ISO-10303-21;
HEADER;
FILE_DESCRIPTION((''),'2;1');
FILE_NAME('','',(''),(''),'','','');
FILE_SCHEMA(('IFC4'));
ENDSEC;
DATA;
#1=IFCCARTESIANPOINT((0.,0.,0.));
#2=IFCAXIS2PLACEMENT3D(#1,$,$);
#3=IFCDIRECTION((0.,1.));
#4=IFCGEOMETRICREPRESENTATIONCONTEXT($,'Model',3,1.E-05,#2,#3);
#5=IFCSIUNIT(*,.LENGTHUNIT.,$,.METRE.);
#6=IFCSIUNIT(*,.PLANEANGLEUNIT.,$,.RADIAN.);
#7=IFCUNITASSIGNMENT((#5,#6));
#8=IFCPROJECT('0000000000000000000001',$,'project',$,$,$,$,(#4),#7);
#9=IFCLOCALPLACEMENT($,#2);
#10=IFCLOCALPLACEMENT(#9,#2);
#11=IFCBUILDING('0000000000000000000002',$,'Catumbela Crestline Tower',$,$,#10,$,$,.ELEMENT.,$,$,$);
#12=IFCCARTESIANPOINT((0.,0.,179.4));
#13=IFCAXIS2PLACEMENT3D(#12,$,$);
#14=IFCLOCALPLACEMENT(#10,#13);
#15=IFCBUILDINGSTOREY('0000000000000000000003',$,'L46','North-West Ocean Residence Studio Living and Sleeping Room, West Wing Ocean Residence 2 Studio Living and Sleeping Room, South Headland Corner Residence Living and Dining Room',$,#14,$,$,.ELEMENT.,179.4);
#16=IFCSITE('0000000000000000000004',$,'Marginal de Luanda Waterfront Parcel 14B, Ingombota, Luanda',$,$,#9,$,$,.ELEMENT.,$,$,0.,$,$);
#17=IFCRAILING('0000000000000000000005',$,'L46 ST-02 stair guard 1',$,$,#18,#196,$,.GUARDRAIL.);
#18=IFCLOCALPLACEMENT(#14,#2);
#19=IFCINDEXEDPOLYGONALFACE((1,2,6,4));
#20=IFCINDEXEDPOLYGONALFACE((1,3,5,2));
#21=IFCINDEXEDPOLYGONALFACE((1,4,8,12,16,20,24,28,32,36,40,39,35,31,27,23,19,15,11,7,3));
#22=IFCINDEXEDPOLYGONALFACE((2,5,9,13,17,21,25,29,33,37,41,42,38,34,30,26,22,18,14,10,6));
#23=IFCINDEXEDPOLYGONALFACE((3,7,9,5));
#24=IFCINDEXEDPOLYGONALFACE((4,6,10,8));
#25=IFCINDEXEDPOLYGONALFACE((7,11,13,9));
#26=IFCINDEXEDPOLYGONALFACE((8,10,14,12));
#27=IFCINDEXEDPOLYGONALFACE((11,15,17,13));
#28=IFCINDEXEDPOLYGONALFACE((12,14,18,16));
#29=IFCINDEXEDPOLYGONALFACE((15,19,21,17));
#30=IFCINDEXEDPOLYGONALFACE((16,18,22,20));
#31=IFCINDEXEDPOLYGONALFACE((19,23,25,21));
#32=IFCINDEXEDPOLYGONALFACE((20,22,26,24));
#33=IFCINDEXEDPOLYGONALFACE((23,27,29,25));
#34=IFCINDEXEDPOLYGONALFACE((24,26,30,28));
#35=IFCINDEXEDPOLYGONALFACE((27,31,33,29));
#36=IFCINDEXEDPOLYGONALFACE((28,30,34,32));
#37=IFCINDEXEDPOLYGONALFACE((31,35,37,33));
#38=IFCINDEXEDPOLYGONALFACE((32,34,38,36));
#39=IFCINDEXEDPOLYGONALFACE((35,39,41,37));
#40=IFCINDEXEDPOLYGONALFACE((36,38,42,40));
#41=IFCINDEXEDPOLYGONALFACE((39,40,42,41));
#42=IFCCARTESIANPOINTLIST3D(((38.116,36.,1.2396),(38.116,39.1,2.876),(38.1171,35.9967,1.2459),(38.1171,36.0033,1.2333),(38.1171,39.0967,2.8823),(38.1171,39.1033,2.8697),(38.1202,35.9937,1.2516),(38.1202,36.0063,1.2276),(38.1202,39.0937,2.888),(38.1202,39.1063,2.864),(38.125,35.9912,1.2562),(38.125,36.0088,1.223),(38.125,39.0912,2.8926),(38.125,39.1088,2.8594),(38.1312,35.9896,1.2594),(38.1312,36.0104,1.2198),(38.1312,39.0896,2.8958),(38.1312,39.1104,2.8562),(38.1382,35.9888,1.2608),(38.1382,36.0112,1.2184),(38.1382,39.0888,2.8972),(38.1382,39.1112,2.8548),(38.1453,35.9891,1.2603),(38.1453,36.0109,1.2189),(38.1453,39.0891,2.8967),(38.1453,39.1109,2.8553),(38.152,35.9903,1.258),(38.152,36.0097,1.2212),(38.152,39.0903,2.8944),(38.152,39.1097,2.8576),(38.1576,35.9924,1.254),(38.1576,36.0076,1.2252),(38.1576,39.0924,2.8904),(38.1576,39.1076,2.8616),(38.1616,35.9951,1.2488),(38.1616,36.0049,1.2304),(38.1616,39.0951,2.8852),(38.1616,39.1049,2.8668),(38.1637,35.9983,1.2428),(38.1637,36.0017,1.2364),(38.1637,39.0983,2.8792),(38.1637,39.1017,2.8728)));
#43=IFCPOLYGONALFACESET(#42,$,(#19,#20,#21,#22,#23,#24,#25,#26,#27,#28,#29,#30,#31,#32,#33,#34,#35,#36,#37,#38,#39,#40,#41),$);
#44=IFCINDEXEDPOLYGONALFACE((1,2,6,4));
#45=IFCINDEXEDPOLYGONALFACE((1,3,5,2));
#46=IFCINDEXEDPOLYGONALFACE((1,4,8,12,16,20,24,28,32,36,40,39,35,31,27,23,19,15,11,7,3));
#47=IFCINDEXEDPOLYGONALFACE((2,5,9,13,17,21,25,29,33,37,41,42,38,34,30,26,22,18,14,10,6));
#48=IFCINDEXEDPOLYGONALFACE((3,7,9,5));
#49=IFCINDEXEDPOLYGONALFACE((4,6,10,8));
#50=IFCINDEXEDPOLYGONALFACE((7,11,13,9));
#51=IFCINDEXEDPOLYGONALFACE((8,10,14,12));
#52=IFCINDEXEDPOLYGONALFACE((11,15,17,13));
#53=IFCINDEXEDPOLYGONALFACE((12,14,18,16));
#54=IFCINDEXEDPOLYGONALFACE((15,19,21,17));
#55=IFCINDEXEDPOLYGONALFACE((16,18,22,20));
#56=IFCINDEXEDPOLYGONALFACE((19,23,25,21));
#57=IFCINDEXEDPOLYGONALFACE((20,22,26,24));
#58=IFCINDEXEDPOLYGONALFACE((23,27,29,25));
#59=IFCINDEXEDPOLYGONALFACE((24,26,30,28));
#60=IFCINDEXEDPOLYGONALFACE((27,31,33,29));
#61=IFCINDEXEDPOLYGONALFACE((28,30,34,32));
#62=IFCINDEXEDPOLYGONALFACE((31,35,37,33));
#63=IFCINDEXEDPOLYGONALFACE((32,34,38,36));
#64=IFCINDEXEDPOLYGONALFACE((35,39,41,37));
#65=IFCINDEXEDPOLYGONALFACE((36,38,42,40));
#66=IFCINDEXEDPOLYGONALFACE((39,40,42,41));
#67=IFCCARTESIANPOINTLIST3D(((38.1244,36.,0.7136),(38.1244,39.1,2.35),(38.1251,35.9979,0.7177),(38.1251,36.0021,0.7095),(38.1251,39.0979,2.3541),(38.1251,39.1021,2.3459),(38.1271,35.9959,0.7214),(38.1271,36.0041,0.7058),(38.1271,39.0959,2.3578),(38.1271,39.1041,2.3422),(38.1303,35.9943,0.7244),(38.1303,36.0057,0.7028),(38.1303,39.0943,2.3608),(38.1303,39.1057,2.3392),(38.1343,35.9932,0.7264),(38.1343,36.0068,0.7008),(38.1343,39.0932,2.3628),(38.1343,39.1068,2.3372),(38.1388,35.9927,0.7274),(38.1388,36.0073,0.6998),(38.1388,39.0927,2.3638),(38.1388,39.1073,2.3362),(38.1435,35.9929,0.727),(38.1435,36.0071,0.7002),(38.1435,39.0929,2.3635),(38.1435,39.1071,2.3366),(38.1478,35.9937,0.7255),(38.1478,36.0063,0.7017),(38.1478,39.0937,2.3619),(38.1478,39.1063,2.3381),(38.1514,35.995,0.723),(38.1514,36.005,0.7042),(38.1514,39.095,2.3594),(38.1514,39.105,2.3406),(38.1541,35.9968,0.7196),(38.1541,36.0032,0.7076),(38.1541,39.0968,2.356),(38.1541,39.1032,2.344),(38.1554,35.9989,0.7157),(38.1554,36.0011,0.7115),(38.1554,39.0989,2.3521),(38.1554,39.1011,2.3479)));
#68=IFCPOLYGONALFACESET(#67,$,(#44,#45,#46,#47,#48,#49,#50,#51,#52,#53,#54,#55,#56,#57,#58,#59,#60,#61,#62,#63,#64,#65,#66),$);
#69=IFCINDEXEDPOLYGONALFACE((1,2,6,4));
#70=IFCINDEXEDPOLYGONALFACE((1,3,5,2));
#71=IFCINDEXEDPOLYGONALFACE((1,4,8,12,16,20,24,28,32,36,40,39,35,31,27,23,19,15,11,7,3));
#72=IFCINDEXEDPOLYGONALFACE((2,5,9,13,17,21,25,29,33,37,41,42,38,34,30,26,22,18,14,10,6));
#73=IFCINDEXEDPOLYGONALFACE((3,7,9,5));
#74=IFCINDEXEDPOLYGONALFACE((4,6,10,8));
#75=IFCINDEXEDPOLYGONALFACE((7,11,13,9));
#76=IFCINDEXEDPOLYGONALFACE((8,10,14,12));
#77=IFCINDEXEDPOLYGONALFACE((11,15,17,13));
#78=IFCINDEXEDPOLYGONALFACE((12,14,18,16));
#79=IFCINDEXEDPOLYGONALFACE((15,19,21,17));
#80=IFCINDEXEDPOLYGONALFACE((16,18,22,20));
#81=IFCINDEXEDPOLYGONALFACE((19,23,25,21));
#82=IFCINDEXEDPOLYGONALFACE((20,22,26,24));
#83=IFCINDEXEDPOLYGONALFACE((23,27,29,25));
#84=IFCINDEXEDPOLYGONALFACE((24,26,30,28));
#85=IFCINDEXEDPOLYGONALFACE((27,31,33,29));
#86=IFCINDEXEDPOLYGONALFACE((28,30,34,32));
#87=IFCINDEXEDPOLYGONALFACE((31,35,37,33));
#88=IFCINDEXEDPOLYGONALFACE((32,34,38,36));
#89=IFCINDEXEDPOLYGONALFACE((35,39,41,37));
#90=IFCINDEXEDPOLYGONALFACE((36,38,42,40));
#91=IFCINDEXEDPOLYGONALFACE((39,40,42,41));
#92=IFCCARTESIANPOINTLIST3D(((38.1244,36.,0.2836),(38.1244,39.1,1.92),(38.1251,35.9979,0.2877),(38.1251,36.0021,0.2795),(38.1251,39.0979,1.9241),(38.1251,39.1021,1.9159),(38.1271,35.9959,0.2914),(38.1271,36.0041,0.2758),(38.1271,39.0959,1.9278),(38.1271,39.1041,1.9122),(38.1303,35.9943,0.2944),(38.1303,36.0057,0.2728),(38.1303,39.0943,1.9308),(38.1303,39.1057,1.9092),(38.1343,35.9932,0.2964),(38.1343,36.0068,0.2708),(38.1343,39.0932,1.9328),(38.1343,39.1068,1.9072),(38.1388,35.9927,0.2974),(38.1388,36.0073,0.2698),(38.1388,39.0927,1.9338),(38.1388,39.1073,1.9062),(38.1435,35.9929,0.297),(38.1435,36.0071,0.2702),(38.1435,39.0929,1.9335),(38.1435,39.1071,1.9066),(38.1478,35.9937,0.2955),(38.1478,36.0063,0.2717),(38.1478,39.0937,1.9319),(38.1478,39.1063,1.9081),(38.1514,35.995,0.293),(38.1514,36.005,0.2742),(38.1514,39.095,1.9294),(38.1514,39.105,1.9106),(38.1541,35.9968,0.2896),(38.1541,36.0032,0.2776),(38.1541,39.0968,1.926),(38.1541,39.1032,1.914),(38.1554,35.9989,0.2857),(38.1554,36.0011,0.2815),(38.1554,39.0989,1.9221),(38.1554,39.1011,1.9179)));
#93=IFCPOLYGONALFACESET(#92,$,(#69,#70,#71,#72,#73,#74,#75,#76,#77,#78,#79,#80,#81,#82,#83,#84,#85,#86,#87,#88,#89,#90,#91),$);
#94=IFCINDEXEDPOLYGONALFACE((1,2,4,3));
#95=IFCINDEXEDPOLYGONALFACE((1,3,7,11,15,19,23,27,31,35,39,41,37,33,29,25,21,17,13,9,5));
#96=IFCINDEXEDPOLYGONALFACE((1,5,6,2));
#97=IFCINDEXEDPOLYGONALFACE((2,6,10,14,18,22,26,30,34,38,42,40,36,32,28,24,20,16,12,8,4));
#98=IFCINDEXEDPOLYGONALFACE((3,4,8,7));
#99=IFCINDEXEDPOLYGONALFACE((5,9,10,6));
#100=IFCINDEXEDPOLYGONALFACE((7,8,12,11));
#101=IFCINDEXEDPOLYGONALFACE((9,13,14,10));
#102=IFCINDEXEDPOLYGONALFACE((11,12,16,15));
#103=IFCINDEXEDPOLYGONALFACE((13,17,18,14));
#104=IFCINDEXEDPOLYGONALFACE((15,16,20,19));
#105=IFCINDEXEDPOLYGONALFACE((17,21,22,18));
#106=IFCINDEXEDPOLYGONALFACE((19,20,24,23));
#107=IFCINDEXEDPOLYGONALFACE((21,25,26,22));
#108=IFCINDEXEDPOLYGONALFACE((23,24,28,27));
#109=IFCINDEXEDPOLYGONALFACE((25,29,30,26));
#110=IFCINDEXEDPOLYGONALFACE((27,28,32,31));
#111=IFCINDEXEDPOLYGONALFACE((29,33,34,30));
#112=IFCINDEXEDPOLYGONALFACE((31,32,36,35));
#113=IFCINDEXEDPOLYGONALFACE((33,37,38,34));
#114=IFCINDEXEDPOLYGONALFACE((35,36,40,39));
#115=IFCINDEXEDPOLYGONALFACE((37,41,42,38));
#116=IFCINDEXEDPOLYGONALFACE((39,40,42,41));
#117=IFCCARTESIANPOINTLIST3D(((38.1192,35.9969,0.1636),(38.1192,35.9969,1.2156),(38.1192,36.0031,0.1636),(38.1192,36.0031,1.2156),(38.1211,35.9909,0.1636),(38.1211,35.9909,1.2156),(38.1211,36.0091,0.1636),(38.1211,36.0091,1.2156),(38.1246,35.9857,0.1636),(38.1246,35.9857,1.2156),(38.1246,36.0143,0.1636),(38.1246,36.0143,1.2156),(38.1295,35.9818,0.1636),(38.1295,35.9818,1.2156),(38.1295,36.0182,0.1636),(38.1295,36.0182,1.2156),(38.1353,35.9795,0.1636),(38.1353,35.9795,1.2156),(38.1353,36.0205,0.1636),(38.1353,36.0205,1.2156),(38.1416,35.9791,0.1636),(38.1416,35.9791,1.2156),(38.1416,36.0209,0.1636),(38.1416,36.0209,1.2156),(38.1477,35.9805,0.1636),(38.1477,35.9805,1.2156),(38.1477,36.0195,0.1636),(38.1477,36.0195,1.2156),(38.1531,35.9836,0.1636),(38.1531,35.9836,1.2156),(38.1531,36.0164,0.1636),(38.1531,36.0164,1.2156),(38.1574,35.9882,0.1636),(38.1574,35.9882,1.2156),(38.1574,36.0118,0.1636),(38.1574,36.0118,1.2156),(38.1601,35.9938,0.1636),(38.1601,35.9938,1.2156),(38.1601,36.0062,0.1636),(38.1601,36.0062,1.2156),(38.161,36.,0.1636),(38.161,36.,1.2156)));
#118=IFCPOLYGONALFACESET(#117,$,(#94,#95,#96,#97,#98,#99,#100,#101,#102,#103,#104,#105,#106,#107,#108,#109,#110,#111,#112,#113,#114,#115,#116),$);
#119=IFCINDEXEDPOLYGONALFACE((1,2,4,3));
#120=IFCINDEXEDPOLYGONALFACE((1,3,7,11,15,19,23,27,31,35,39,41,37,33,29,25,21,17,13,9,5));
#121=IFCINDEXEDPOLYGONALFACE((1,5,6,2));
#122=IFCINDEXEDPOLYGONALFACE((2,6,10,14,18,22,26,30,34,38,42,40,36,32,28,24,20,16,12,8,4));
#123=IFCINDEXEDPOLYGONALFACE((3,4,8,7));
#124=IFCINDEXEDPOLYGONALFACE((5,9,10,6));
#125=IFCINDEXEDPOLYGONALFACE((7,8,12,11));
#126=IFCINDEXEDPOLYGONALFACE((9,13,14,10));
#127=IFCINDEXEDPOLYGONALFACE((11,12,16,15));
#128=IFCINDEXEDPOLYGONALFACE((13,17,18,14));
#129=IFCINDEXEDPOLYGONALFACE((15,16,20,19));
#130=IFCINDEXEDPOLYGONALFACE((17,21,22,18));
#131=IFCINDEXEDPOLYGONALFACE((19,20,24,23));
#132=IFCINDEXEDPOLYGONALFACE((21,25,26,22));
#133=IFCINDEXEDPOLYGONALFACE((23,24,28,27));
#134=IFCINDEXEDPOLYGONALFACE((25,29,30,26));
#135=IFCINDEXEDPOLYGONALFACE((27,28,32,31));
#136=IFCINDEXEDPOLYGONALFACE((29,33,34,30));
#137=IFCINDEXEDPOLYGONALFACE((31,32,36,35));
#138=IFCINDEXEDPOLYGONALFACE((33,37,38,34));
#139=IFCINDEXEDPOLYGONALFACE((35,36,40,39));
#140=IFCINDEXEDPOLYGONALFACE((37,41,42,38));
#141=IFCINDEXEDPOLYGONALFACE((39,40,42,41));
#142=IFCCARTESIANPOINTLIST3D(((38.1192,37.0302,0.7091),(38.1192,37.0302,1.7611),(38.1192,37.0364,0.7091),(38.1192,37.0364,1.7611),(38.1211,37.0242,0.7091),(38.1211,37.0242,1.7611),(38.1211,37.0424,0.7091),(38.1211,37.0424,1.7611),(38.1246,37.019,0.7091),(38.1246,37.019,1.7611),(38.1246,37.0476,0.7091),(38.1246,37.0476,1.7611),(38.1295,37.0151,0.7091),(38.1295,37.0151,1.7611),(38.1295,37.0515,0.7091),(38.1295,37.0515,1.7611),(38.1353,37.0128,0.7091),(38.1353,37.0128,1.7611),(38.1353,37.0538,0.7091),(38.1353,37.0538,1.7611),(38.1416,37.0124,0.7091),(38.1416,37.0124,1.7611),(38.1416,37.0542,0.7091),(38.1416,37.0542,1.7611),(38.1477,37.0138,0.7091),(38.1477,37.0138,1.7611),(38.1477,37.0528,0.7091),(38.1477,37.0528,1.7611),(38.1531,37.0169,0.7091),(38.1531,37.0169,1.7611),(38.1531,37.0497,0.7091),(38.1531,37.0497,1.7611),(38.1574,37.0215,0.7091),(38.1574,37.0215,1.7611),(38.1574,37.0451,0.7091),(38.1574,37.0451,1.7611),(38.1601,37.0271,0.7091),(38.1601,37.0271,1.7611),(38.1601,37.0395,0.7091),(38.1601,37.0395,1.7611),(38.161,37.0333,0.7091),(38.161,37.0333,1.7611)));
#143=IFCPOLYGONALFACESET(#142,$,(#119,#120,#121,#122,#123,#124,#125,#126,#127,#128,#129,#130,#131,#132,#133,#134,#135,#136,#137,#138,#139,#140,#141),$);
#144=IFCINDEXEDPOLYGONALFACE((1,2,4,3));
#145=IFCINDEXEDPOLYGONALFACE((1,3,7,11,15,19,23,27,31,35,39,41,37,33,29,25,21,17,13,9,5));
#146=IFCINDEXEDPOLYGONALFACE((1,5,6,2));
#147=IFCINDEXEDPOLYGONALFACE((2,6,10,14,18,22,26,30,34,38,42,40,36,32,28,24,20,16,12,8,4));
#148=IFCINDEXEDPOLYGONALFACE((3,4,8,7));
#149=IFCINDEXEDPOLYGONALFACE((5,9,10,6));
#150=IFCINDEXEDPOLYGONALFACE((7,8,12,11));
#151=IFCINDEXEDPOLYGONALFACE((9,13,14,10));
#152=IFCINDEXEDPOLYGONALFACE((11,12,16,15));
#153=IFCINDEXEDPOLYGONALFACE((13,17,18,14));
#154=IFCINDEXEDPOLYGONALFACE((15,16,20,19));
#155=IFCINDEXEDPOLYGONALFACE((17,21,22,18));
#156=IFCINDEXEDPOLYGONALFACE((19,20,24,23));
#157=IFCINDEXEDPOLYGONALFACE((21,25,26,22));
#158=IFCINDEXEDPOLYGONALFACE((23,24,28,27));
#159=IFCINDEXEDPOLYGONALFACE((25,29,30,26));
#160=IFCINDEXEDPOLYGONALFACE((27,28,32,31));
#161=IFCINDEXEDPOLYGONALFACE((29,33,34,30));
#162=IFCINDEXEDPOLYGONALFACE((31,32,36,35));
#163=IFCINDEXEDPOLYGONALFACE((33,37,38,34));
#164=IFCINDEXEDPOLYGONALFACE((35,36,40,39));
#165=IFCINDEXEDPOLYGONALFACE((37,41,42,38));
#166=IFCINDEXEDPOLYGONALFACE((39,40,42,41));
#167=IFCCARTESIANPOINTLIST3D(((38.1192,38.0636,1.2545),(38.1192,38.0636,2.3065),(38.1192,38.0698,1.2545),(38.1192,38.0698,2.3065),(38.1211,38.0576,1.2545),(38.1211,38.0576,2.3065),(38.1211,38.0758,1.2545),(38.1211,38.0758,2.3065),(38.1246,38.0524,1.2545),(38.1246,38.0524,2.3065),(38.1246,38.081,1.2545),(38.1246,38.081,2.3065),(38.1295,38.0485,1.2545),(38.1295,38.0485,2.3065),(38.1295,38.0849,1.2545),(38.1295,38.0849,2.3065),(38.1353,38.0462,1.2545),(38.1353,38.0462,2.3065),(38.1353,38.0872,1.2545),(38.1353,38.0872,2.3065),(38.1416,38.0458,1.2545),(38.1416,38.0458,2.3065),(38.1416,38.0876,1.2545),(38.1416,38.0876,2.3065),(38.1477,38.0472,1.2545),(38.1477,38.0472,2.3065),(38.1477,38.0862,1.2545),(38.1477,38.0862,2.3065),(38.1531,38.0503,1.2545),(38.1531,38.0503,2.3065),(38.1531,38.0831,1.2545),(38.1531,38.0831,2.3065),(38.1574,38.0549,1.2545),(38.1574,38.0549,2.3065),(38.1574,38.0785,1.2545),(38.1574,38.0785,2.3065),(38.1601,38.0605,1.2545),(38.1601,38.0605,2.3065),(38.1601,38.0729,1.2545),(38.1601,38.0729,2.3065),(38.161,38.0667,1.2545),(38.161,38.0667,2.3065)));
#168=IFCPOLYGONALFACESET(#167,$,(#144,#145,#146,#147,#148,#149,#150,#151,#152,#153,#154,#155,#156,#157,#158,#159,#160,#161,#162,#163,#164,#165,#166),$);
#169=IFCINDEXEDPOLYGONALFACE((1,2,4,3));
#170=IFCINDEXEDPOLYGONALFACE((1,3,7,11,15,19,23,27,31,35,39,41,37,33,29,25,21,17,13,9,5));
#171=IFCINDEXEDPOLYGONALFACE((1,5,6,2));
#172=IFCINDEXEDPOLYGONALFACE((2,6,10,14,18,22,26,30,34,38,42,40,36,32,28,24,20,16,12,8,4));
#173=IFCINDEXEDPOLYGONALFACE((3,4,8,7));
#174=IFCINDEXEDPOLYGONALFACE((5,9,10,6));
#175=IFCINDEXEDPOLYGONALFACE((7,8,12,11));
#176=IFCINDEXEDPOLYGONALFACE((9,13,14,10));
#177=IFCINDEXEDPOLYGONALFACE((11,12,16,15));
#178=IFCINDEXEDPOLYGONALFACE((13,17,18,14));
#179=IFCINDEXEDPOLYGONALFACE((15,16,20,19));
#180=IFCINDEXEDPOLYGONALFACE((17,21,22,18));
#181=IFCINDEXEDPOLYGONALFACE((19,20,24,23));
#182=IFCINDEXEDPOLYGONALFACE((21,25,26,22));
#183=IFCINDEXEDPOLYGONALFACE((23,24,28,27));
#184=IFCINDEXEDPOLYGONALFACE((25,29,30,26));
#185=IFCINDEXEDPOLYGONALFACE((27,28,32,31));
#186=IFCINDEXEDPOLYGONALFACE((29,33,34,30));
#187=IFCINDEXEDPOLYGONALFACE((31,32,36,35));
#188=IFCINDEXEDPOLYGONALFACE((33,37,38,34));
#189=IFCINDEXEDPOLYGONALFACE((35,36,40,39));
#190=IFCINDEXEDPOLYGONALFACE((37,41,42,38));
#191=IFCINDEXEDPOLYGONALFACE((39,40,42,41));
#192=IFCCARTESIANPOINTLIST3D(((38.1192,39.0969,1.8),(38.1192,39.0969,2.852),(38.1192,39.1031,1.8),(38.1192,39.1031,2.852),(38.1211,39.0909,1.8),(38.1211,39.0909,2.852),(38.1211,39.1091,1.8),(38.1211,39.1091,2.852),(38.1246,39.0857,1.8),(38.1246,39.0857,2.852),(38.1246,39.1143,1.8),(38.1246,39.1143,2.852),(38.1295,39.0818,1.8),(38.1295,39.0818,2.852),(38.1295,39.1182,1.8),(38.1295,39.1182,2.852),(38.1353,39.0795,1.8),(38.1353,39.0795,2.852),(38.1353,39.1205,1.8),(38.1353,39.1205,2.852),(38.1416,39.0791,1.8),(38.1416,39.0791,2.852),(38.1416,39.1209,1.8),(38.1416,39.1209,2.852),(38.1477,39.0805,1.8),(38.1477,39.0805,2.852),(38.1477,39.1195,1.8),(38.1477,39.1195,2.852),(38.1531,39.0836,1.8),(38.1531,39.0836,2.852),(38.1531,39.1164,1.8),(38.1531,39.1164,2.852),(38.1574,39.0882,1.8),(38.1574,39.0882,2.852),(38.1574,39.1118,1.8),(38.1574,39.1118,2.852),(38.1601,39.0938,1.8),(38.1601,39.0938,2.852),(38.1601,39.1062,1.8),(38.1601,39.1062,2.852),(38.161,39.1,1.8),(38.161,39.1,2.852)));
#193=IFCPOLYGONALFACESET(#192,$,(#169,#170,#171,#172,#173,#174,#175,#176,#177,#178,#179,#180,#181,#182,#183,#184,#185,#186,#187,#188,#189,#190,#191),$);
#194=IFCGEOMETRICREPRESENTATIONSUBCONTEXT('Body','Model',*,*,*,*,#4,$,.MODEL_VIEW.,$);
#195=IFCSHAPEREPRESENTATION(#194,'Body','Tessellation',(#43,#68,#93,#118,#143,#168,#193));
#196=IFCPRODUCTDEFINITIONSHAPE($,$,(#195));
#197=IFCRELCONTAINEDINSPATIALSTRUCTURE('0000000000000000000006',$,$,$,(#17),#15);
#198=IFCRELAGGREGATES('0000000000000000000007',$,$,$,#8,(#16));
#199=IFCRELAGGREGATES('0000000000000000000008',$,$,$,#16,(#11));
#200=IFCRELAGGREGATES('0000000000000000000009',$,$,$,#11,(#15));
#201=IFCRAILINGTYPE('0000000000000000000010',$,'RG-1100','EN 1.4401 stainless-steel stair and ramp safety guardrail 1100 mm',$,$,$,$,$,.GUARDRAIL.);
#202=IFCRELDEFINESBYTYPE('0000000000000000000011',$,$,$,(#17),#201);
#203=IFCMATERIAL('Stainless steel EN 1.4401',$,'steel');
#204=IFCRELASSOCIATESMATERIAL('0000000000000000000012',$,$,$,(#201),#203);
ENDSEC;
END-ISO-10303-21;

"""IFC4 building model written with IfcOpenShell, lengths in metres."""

from ifc_helpers import new_model, si_unit, direction, frame, origin, origin_2d, place, context, subcontext, project, spatial, circle, extrude, material, type_object, element, save


model = new_model("IFC4")

# Units and contexts
model_context = context("Model", 3, precision=1e-05, world=origin(), true_north=direction((0.0, 1.0)))
body_context = subcontext(model_context, "Body", "Model", "MODEL_VIEW")
ifc_project = project(units=[si_unit("LENGTHUNIT", "METRE"), si_unit("PLANEANGLEUNIT", "RADIAN")], contexts=[model_context])

# Site, building, storey
site_placement = place(None, origin())
site = spatial("IfcSite", under=ifc_project, at=site_placement, Name="Marginal de Luanda Waterfront Parcel 14B, Ingombota, Luanda", CompositionType="ELEMENT", RefElevation=0.0)
building_placement = place(site_placement, origin())
building = spatial("IfcBuilding", under=site, at=building_placement, Name="Catumbela Crestline Tower", CompositionType="ELEMENT")
storey_placement = place(building_placement, frame((0.0, 0.0, 179.4)))
storey = spatial("IfcBuildingStorey", under=building, at=storey_placement, Name="L46", Description="North-West Ocean Residence Studio Living and Sleeping Room, West Wing Ocean Residence 2 Studio Living and Sleeping Room, South Headland Corner Residence Living and Dining Room", CompositionType="ELEMENT", Elevation=179.4)

# Shared definitions
ifc_material_1 = material(Name="Stainless steel EN 1.4401", Category="steel")

# Railing
railing_type_1 = type_object("IfcRailingType", Name="RG-1100", Description="EN 1.4401 stainless-steel stair and ramp safety guardrail 1100 mm", PredefinedType="GUARDRAIL", material=ifc_material_1)
railing_1_placement = place(storey_placement, frame((38.14, 36.0, 0.1636)))
element("IfcRailing", 1, at=railing_1_placement, inside=storey, type_object=railing_type_1, Name="L46 ST-02 stair guard 1", PredefinedType="GUARDRAIL", context=body_context, shape_type="SweptSolid", body=[
    extrude(circle(Radius=0.024, at=origin_2d()), frame((0.0, 0.0, 1.076), z_axis=(0.0, 0.884351, 0.466823), x_axis=(-1.0, 0.0, 0.0)), (0.0, 0.0, 1.0), 3.5054),
    extrude(circle(Radius=0.0156, at=origin_2d()), frame((0.0, 0.0, 0.55), z_axis=(0.0, 0.884351, 0.466823), x_axis=(-1.0, 0.0, 0.0)), (0.0, 0.0, 1.0), 3.5054),
    extrude(circle(Radius=0.0156, at=origin_2d()), frame((0.0, 0.0, 0.12), z_axis=(0.0, 0.884351, 0.466823), x_axis=(-1.0, 0.0, 0.0)), (0.0, 0.0, 1.0), 3.5054),
    extrude(circle(Radius=0.021, at=origin_2d()), origin(), (0.0, 0.0, 1.0), 1.052),
    extrude(circle(Radius=0.021, at=origin_2d()), frame((0.0, 1.0333, 0.5455)), (0.0, 0.0, 1.0), 1.052),
    extrude(circle(Radius=0.021, at=origin_2d()), frame((0.0, 2.0667, 1.0909)), (0.0, 0.0, 1.0), 1.052),
    extrude(circle(Radius=0.021, at=origin_2d()), frame((0.0, 3.1, 1.6364)), (0.0, 0.0, 1.0), 1.052),
])

save(model, "model.ifc")
